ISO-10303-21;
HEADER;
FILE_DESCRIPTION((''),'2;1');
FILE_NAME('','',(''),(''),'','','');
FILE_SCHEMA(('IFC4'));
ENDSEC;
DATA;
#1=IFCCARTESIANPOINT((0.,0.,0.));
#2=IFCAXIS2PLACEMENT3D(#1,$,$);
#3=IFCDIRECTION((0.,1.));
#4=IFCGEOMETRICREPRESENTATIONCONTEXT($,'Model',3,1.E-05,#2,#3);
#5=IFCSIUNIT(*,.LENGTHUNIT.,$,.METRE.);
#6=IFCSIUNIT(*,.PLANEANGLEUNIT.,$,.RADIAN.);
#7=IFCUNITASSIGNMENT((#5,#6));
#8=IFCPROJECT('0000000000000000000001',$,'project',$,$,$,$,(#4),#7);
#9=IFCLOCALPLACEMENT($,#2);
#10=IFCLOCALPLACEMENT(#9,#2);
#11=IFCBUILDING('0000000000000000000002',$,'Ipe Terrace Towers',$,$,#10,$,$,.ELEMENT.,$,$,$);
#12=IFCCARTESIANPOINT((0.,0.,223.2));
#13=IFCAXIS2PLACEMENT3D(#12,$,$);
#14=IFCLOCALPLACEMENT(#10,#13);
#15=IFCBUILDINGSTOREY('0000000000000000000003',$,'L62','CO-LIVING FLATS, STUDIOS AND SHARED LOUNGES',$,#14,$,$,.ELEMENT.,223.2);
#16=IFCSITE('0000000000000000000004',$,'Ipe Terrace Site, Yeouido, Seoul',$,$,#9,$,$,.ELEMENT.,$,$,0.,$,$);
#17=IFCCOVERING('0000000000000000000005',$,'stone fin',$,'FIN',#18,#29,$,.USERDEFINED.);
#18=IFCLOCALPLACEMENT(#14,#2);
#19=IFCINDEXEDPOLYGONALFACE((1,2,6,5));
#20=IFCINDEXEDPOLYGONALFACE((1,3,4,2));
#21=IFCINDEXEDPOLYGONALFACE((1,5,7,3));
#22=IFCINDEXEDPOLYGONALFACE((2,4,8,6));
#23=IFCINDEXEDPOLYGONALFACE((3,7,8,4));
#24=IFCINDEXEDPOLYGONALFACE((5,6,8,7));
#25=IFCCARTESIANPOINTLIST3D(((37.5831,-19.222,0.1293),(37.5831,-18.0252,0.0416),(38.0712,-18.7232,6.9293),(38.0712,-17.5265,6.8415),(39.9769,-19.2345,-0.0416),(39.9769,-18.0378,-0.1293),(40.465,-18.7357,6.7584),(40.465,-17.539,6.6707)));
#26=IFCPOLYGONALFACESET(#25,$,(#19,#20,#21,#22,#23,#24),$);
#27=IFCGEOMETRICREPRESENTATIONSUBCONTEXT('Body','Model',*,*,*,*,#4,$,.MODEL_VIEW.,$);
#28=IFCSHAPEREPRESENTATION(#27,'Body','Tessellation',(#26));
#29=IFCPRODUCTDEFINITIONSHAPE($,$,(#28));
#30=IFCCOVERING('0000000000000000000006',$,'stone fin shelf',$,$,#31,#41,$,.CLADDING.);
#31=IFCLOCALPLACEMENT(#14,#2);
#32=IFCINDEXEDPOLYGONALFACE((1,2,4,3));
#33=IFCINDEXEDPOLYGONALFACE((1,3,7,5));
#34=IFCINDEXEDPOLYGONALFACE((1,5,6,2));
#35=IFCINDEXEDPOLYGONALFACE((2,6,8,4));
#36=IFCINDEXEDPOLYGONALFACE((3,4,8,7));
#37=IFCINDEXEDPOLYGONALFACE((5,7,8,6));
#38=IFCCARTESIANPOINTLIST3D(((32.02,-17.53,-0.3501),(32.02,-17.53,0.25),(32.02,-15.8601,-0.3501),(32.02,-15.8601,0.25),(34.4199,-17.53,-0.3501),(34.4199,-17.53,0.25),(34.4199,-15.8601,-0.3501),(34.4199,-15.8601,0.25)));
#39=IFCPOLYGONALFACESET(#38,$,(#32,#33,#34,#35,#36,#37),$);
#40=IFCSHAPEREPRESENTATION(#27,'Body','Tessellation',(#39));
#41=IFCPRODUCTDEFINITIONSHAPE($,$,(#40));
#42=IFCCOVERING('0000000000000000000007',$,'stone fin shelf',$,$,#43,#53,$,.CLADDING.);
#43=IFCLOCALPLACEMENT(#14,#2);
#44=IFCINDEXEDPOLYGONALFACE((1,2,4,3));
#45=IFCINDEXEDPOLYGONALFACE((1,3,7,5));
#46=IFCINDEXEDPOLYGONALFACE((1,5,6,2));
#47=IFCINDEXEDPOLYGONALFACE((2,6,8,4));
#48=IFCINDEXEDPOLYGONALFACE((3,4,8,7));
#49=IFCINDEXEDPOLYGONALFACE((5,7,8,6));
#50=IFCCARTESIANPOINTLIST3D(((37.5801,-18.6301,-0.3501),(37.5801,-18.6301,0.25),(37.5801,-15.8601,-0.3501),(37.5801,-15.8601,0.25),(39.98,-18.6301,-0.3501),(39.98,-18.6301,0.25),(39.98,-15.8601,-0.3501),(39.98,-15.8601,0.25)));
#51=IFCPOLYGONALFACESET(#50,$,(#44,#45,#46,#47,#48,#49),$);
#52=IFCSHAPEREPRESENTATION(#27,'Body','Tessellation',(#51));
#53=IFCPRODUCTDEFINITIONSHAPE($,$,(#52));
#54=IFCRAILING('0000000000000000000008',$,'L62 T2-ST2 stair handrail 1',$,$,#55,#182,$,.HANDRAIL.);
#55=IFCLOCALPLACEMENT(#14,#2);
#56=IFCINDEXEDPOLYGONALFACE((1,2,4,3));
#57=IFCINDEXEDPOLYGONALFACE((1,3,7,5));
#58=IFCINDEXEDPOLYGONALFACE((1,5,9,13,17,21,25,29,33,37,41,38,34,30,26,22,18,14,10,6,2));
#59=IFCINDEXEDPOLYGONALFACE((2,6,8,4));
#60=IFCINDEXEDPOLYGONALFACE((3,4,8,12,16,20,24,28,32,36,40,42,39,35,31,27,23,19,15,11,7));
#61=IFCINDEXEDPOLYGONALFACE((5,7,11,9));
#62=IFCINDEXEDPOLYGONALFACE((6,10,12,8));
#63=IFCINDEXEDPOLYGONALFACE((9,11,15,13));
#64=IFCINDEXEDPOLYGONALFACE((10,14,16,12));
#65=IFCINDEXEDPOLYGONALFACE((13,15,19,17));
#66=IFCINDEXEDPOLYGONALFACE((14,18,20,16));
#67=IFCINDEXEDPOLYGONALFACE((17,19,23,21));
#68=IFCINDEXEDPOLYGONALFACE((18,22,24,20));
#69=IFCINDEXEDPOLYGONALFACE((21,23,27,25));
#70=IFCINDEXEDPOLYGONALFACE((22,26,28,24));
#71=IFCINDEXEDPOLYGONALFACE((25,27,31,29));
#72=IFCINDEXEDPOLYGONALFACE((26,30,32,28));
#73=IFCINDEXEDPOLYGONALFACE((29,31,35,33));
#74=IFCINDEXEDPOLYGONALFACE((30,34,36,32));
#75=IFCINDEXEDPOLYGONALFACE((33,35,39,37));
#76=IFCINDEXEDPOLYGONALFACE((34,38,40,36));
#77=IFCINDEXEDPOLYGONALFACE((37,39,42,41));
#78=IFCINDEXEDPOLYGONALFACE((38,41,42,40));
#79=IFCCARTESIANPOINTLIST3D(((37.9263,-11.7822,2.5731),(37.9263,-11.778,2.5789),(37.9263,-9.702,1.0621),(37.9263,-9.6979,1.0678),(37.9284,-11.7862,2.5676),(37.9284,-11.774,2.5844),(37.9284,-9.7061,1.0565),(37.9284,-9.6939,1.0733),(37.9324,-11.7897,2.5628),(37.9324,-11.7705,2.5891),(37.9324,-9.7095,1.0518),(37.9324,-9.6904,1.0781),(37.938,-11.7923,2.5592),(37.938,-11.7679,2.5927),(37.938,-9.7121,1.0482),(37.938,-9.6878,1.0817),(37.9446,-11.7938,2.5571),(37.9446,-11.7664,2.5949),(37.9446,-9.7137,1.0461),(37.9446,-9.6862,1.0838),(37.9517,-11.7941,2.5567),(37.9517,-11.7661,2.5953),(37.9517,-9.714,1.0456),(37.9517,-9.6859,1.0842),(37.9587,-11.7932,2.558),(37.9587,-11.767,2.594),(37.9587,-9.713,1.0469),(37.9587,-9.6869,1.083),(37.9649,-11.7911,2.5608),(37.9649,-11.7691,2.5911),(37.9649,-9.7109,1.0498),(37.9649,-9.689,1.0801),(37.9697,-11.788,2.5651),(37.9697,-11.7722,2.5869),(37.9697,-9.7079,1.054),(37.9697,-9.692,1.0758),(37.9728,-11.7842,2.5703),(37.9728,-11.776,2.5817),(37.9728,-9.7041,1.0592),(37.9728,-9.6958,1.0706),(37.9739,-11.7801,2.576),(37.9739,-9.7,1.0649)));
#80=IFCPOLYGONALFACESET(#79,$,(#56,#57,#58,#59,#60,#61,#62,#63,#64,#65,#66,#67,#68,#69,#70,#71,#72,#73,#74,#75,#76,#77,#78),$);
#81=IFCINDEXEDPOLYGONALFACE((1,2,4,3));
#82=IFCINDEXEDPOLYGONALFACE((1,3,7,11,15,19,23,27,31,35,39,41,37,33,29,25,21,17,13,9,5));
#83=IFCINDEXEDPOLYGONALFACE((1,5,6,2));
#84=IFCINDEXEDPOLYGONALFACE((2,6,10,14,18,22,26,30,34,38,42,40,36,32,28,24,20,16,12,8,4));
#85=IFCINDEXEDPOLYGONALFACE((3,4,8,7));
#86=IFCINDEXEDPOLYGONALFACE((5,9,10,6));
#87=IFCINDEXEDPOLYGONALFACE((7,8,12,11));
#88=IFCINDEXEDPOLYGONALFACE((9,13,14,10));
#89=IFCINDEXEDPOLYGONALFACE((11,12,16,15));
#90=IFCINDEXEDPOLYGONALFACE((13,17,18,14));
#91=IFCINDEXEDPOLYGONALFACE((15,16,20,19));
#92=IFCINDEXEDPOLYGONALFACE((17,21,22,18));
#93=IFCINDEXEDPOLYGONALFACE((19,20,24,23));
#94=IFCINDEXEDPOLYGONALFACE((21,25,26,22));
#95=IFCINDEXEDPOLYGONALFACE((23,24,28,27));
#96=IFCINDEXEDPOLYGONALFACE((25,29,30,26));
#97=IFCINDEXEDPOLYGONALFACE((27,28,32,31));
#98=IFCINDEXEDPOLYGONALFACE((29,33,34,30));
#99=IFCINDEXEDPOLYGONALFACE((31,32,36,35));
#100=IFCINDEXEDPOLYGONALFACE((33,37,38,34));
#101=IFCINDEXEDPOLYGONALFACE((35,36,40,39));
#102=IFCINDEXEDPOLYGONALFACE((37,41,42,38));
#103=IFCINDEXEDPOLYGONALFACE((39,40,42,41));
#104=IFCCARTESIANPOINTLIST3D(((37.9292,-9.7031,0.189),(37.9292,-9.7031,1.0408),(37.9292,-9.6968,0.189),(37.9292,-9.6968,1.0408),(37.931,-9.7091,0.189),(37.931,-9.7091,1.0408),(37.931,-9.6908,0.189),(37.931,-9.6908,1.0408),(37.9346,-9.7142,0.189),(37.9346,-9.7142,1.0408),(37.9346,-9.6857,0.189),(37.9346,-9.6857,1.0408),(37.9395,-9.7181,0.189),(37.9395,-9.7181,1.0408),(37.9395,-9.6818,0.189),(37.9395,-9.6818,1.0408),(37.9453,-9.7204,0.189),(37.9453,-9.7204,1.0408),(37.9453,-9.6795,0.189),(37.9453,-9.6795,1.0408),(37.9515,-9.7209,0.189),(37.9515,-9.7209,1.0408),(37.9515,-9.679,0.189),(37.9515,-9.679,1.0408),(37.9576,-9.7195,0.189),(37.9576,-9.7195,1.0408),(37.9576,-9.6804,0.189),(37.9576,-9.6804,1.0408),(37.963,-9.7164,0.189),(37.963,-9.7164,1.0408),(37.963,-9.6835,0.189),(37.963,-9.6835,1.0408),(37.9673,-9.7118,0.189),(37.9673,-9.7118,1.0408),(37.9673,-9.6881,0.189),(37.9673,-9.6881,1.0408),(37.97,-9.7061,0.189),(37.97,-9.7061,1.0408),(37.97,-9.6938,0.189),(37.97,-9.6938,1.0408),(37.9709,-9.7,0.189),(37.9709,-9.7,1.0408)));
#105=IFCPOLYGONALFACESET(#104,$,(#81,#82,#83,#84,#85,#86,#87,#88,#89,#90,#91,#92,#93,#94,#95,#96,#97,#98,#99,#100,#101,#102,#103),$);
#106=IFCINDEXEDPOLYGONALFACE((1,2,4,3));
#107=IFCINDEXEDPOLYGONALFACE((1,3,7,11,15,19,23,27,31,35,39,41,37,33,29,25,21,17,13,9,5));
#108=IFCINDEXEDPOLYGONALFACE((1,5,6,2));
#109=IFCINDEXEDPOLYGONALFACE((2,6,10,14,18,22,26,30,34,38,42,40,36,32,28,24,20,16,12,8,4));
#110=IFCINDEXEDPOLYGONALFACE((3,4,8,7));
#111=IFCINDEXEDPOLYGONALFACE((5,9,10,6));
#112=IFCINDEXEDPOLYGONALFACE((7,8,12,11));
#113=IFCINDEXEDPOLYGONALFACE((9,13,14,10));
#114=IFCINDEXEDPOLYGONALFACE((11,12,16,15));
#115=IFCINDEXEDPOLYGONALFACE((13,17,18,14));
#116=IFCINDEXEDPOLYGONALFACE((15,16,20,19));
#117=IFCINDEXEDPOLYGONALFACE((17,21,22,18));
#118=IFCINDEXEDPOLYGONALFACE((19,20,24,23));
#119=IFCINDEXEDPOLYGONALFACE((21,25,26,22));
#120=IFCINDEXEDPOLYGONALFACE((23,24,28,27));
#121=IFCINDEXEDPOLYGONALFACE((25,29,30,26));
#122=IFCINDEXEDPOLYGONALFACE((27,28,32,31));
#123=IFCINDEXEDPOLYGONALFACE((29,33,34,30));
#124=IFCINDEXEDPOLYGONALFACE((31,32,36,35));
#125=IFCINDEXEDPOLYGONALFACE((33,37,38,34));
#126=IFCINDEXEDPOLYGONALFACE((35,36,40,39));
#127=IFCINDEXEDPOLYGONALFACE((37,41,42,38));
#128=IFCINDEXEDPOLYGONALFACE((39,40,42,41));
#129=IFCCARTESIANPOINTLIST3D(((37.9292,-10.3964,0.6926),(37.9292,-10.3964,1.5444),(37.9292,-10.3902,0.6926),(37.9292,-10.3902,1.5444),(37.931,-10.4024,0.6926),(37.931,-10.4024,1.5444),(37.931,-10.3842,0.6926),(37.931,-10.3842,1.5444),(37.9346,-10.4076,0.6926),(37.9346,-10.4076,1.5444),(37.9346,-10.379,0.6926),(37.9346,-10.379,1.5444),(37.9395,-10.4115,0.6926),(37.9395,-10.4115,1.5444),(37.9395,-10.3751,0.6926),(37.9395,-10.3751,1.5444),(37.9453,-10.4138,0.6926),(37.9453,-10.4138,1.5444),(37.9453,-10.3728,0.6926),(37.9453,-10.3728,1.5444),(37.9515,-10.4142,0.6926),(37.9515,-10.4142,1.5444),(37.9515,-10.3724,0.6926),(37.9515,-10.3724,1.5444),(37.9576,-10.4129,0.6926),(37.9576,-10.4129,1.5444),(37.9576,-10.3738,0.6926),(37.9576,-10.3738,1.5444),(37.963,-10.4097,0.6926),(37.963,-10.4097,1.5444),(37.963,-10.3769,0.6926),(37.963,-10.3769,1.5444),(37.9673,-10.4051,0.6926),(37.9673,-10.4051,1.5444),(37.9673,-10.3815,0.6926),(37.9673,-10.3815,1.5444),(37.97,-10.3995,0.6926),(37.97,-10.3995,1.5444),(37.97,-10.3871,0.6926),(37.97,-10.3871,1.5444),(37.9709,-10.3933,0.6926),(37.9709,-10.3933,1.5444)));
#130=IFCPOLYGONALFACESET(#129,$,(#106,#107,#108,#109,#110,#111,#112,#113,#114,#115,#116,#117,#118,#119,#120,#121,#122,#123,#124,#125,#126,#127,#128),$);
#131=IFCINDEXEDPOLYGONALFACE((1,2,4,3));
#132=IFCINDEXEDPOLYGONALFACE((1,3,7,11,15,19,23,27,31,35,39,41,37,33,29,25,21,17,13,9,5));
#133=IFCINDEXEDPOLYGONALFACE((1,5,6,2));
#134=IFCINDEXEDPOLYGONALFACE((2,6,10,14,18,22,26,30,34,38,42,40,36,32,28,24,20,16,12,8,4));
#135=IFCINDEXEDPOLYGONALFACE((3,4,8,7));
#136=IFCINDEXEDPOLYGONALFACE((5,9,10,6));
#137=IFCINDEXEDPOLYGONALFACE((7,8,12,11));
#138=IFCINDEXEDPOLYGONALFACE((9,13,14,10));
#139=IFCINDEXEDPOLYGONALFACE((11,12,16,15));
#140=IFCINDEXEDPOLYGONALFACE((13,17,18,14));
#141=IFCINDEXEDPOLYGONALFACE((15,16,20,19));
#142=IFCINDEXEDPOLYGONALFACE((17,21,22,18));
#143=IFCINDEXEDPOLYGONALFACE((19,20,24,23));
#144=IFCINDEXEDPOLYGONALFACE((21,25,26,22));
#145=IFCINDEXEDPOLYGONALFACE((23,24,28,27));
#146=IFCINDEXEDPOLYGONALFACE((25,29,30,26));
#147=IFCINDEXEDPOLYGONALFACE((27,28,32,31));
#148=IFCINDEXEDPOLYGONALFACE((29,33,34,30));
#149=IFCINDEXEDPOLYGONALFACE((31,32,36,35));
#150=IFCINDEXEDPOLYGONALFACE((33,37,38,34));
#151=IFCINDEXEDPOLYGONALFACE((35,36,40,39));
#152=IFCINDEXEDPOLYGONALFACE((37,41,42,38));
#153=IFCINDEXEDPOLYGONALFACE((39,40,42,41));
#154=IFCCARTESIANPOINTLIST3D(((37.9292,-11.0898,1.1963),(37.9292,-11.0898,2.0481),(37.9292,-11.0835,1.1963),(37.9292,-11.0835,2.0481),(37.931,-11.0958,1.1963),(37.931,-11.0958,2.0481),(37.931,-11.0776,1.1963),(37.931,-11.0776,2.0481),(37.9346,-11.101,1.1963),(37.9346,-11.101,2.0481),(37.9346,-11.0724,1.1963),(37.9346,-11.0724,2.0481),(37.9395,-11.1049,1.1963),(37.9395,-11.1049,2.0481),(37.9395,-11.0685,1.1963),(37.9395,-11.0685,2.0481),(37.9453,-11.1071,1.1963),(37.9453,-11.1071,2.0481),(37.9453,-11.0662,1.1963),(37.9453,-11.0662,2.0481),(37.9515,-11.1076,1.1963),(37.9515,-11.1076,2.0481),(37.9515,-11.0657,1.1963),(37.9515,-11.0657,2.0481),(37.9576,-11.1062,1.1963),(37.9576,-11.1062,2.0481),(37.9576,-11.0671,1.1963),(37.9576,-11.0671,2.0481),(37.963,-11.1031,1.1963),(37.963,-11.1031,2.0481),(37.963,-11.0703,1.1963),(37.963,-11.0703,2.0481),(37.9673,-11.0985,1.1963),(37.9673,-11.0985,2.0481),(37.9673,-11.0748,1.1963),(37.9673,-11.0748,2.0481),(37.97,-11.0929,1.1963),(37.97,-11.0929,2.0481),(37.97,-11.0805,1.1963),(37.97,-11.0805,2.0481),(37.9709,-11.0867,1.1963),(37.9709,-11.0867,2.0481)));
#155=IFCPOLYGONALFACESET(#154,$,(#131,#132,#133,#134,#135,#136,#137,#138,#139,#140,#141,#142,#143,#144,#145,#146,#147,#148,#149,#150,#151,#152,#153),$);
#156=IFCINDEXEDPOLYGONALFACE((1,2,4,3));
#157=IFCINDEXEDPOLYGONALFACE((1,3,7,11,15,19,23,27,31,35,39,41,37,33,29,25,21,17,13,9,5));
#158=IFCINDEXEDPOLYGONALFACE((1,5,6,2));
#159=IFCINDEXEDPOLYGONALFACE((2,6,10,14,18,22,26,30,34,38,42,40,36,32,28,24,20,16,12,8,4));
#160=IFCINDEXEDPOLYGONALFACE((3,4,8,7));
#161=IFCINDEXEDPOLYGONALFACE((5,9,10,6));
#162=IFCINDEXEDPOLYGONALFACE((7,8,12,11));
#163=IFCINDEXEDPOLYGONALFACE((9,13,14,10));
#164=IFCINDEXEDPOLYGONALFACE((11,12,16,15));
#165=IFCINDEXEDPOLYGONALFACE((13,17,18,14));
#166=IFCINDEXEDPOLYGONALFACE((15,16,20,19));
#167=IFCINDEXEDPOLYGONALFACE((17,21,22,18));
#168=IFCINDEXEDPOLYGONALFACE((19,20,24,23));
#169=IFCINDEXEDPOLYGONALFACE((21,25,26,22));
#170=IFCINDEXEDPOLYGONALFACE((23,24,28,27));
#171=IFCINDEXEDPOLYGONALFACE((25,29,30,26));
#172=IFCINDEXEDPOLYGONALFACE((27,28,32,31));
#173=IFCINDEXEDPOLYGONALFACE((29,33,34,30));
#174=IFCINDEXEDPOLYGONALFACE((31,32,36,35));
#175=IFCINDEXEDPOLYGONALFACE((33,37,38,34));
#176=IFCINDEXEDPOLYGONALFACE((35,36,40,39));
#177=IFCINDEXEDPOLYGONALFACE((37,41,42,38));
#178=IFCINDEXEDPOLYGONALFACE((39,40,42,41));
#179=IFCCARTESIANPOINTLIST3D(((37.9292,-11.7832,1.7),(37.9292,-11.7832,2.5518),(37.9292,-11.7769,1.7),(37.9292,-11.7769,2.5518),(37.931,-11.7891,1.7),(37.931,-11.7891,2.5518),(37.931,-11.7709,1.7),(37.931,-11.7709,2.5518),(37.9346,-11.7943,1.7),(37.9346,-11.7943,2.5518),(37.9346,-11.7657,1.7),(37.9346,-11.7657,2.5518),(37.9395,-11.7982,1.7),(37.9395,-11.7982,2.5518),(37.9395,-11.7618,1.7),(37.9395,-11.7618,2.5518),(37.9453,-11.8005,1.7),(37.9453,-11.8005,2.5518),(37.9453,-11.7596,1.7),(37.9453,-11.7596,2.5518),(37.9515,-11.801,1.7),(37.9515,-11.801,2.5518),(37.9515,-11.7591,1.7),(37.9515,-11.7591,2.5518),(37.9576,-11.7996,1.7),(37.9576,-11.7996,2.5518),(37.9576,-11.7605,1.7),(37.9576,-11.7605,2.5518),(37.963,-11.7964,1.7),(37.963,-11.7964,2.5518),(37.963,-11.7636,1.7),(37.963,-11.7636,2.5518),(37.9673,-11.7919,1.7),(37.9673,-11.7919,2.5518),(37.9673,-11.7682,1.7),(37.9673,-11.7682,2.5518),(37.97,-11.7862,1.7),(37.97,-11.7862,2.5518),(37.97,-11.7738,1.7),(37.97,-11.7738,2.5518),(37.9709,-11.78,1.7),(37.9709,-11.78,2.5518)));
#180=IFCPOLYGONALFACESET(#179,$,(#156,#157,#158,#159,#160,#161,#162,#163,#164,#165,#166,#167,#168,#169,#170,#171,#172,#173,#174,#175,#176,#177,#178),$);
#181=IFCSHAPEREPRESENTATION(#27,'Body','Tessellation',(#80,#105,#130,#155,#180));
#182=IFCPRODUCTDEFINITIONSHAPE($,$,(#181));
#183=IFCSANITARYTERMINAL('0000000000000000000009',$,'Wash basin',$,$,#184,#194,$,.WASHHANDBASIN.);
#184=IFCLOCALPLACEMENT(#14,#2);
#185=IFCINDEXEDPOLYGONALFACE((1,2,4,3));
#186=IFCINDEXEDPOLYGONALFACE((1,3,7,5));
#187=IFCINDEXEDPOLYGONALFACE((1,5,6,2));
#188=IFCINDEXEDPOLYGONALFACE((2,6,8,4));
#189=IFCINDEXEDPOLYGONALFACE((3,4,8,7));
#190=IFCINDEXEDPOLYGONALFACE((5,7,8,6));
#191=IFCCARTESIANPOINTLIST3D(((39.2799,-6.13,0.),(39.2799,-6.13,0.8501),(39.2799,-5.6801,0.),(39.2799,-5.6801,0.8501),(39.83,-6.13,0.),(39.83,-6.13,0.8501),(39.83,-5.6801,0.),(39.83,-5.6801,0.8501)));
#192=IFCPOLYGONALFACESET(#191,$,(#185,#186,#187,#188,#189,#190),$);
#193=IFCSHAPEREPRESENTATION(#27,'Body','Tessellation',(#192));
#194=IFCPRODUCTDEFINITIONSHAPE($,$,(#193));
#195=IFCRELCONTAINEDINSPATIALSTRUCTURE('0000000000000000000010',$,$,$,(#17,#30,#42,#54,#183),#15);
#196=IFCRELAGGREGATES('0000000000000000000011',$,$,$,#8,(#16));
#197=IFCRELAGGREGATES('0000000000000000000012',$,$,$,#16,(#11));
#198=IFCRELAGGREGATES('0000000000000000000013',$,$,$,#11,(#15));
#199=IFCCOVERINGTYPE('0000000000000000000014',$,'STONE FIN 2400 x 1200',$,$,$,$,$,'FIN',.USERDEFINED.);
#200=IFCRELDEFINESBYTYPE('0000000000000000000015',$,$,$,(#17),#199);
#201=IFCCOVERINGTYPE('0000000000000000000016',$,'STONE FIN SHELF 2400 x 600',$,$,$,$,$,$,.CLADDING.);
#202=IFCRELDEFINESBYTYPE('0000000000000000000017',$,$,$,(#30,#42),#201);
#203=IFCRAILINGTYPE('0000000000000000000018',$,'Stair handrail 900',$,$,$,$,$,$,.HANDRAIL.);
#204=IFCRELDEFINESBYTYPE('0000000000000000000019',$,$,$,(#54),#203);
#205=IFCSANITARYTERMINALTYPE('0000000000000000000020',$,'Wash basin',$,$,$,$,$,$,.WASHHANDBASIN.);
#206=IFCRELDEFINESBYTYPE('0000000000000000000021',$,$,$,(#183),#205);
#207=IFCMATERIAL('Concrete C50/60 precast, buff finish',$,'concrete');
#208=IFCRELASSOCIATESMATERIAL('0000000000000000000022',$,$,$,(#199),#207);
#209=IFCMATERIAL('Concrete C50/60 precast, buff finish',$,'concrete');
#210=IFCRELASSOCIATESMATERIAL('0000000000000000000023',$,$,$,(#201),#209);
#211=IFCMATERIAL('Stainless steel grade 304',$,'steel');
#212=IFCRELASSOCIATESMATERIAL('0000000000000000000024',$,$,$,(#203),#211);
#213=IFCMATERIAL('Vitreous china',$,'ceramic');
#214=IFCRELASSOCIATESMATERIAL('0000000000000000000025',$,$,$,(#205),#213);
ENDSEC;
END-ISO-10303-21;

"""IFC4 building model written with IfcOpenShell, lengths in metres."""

from ifc_helpers import new_model, si_unit, direction, frame, origin, origin_2d, place, context, subcontext, project, spatial, rectangle, circle, extrude, material, material_profile, profile_set, type_object, element, save


model = new_model("IFC4")

# Units and contexts
model_context = context("Model", 3, precision=1e-05, world=origin(), true_north=direction((0.0, 1.0)))
body_context = subcontext(model_context, "Body", "Model", "MODEL_VIEW")
ifc_project = project(units=[si_unit("LENGTHUNIT", "METRE"), si_unit("PLANEANGLEUNIT", "RADIAN")], contexts=[model_context])

# Site, building, storey
site_placement = place(None, origin())
site = spatial("IfcSite", under=ifc_project, at=site_placement, Name="Ipe Terrace Site, Yeouido, Seoul", CompositionType="ELEMENT", RefElevation=0.0)
building_placement = place(site_placement, origin())
building = spatial("IfcBuilding", under=site, at=building_placement, Name="Ipe Terrace Towers", CompositionType="ELEMENT")
storey_placement = place(building_placement, frame((0.0, 0.0, 223.2)))
storey = spatial("IfcBuildingStorey", under=building, at=storey_placement, Name="L62", Description="CO-LIVING FLATS, STUDIOS AND SHARED LOUNGES", CompositionType="ELEMENT", Elevation=223.2)

# Coverings
ifc_material_1 = material(Name="Concrete C50/60 precast, buff finish", Category="concrete")
ifc_material_profile = material_profile(ifc_material_1, rectangle(XDim=2.3999, YDim=1.2, at=origin_2d()), Name="STONE FIN 2400 x 1200")
ifc_profile_set = profile_set([ifc_material_profile], Name="Concrete C50/60 precast, buff finish")
covering_type_1 = type_object("IfcCoveringType", Name="STONE FIN 2400 x 1200", ElementType="FIN", PredefinedType="USERDEFINED", material=ifc_profile_set)
covering_1_placement = place(storey_placement, frame((38.78, -18.6299, 0.0), z_axis=(0.071395, 0.072966, 0.994776), x_axis=(0.997448, -0.005223, -0.071203)))
element("IfcCovering", 1, at=covering_1_placement, inside=storey, type_object=covering_type_1, Name="stone fin", ObjectType="FIN", PredefinedType="USERDEFINED", context=body_context, shape_type="SweptSolid", body=[
    extrude(rectangle(XDim=2.3999, YDim=1.2, at=origin_2d()), origin(), (0.0, 0.0, 1.0), 6.8357),
])
ifc_material_2 = material(Name="Concrete C50/60 precast, buff finish", Category="concrete")
covering_type_2 = type_object("IfcCoveringType", Name="STONE FIN SHELF 2400 x 600", PredefinedType="CLADDING", material=ifc_material_2)
covering_2_placement = place(storey_placement, frame((33.22, -16.6951, -0.3501), z_axis=(0.0, 0.0, 1.0), x_axis=(1.0, 0.0, 0.0)))
element("IfcCovering", 2, at=covering_2_placement, inside=storey, type_object=covering_type_2, Name="stone fin shelf", PredefinedType="CLADDING", context=body_context, shape_type="SweptSolid", body=[
    extrude(rectangle(XDim=2.3999, YDim=1.6699, at=origin_2d()), origin(), (0.0, 0.0, 1.0), 0.6001),
])
covering_3_placement = place(storey_placement, frame((38.78, -17.2451, -0.3501), z_axis=(0.0, 0.0, 1.0), x_axis=(1.0, 0.0, 0.0)))
element("IfcCovering", 3, at=covering_3_placement, inside=storey, type_object=covering_type_2, Name="stone fin shelf", PredefinedType="CLADDING", context=body_context, shape_type="SweptSolid", body=[
    extrude(rectangle(XDim=2.3999, YDim=2.77, at=origin_2d()), origin(), (0.0, 0.0, 1.0), 0.6001),
])

# Railing
ifc_material_3 = material(Name="Stainless steel grade 304", Category="steel")
railing_type_1 = type_object("IfcRailingType", Name="Stair handrail 900", PredefinedType="HANDRAIL", material=ifc_material_3)
railing_1_placement = place(storey_placement, frame((37.95, -9.7, 0.189)))
element("IfcRailing", 4, at=railing_1_placement, inside=storey, type_object=railing_type_1, Name="L62 T2-ST2 stair handrail 1", PredefinedType="HANDRAIL", context=body_context, shape_type="SweptSolid", body=[
    extrude(circle(Radius=0.0239, at=origin_2d()), frame((0.0, 0.0, 0.876), z_axis=(0.0, -0.809069, 0.587714), x_axis=(1.0, 0.0, 0.0)), (0.0, 0.0, 1.0), 2.571),
    extrude(circle(Radius=0.021, at=origin_2d()), origin(), (0.0, 0.0, 1.0), 0.8518),
    extrude(circle(Radius=0.021, at=origin_2d()), frame((0.0, -0.6934, 0.5037)), (0.0, 0.0, 1.0), 0.8518),
    extrude(circle(Radius=0.021, at=origin_2d()), frame((0.0, -1.3867, 1.0073)), (0.0, 0.0, 1.0), 0.8518),
    extrude(circle(Radius=0.021, at=origin_2d()), frame((0.0, -2.0801, 1.511)), (0.0, 0.0, 1.0), 0.8518),
])

# Sanitary terminal
ifc_material_4 = material(Name="Vitreous china", Category="ceramic")
sanitary_terminal_type_1 = type_object("IfcSanitaryTerminalType", Name="Wash basin", PredefinedType="WASHHANDBASIN", material=ifc_material_4)
sanitary_terminal_1_placement = place(storey_placement, frame((39.5549, -5.905, 0.0), z_axis=(0.0, 0.0, 1.0), x_axis=(-1.0, 0.0, 0.0)))
element("IfcSanitaryTerminal", 5, at=sanitary_terminal_1_placement, inside=storey, type_object=sanitary_terminal_type_1, Name="Wash basin", PredefinedType="WASHHANDBASIN", context=body_context, shape_type="SweptSolid", body=[
    extrude(rectangle(XDim=0.55, YDim=0.45, at=origin_2d()), origin(), (0.0, 0.0, 1.0), 0.8501),
])

save(model, "model.ifc")
